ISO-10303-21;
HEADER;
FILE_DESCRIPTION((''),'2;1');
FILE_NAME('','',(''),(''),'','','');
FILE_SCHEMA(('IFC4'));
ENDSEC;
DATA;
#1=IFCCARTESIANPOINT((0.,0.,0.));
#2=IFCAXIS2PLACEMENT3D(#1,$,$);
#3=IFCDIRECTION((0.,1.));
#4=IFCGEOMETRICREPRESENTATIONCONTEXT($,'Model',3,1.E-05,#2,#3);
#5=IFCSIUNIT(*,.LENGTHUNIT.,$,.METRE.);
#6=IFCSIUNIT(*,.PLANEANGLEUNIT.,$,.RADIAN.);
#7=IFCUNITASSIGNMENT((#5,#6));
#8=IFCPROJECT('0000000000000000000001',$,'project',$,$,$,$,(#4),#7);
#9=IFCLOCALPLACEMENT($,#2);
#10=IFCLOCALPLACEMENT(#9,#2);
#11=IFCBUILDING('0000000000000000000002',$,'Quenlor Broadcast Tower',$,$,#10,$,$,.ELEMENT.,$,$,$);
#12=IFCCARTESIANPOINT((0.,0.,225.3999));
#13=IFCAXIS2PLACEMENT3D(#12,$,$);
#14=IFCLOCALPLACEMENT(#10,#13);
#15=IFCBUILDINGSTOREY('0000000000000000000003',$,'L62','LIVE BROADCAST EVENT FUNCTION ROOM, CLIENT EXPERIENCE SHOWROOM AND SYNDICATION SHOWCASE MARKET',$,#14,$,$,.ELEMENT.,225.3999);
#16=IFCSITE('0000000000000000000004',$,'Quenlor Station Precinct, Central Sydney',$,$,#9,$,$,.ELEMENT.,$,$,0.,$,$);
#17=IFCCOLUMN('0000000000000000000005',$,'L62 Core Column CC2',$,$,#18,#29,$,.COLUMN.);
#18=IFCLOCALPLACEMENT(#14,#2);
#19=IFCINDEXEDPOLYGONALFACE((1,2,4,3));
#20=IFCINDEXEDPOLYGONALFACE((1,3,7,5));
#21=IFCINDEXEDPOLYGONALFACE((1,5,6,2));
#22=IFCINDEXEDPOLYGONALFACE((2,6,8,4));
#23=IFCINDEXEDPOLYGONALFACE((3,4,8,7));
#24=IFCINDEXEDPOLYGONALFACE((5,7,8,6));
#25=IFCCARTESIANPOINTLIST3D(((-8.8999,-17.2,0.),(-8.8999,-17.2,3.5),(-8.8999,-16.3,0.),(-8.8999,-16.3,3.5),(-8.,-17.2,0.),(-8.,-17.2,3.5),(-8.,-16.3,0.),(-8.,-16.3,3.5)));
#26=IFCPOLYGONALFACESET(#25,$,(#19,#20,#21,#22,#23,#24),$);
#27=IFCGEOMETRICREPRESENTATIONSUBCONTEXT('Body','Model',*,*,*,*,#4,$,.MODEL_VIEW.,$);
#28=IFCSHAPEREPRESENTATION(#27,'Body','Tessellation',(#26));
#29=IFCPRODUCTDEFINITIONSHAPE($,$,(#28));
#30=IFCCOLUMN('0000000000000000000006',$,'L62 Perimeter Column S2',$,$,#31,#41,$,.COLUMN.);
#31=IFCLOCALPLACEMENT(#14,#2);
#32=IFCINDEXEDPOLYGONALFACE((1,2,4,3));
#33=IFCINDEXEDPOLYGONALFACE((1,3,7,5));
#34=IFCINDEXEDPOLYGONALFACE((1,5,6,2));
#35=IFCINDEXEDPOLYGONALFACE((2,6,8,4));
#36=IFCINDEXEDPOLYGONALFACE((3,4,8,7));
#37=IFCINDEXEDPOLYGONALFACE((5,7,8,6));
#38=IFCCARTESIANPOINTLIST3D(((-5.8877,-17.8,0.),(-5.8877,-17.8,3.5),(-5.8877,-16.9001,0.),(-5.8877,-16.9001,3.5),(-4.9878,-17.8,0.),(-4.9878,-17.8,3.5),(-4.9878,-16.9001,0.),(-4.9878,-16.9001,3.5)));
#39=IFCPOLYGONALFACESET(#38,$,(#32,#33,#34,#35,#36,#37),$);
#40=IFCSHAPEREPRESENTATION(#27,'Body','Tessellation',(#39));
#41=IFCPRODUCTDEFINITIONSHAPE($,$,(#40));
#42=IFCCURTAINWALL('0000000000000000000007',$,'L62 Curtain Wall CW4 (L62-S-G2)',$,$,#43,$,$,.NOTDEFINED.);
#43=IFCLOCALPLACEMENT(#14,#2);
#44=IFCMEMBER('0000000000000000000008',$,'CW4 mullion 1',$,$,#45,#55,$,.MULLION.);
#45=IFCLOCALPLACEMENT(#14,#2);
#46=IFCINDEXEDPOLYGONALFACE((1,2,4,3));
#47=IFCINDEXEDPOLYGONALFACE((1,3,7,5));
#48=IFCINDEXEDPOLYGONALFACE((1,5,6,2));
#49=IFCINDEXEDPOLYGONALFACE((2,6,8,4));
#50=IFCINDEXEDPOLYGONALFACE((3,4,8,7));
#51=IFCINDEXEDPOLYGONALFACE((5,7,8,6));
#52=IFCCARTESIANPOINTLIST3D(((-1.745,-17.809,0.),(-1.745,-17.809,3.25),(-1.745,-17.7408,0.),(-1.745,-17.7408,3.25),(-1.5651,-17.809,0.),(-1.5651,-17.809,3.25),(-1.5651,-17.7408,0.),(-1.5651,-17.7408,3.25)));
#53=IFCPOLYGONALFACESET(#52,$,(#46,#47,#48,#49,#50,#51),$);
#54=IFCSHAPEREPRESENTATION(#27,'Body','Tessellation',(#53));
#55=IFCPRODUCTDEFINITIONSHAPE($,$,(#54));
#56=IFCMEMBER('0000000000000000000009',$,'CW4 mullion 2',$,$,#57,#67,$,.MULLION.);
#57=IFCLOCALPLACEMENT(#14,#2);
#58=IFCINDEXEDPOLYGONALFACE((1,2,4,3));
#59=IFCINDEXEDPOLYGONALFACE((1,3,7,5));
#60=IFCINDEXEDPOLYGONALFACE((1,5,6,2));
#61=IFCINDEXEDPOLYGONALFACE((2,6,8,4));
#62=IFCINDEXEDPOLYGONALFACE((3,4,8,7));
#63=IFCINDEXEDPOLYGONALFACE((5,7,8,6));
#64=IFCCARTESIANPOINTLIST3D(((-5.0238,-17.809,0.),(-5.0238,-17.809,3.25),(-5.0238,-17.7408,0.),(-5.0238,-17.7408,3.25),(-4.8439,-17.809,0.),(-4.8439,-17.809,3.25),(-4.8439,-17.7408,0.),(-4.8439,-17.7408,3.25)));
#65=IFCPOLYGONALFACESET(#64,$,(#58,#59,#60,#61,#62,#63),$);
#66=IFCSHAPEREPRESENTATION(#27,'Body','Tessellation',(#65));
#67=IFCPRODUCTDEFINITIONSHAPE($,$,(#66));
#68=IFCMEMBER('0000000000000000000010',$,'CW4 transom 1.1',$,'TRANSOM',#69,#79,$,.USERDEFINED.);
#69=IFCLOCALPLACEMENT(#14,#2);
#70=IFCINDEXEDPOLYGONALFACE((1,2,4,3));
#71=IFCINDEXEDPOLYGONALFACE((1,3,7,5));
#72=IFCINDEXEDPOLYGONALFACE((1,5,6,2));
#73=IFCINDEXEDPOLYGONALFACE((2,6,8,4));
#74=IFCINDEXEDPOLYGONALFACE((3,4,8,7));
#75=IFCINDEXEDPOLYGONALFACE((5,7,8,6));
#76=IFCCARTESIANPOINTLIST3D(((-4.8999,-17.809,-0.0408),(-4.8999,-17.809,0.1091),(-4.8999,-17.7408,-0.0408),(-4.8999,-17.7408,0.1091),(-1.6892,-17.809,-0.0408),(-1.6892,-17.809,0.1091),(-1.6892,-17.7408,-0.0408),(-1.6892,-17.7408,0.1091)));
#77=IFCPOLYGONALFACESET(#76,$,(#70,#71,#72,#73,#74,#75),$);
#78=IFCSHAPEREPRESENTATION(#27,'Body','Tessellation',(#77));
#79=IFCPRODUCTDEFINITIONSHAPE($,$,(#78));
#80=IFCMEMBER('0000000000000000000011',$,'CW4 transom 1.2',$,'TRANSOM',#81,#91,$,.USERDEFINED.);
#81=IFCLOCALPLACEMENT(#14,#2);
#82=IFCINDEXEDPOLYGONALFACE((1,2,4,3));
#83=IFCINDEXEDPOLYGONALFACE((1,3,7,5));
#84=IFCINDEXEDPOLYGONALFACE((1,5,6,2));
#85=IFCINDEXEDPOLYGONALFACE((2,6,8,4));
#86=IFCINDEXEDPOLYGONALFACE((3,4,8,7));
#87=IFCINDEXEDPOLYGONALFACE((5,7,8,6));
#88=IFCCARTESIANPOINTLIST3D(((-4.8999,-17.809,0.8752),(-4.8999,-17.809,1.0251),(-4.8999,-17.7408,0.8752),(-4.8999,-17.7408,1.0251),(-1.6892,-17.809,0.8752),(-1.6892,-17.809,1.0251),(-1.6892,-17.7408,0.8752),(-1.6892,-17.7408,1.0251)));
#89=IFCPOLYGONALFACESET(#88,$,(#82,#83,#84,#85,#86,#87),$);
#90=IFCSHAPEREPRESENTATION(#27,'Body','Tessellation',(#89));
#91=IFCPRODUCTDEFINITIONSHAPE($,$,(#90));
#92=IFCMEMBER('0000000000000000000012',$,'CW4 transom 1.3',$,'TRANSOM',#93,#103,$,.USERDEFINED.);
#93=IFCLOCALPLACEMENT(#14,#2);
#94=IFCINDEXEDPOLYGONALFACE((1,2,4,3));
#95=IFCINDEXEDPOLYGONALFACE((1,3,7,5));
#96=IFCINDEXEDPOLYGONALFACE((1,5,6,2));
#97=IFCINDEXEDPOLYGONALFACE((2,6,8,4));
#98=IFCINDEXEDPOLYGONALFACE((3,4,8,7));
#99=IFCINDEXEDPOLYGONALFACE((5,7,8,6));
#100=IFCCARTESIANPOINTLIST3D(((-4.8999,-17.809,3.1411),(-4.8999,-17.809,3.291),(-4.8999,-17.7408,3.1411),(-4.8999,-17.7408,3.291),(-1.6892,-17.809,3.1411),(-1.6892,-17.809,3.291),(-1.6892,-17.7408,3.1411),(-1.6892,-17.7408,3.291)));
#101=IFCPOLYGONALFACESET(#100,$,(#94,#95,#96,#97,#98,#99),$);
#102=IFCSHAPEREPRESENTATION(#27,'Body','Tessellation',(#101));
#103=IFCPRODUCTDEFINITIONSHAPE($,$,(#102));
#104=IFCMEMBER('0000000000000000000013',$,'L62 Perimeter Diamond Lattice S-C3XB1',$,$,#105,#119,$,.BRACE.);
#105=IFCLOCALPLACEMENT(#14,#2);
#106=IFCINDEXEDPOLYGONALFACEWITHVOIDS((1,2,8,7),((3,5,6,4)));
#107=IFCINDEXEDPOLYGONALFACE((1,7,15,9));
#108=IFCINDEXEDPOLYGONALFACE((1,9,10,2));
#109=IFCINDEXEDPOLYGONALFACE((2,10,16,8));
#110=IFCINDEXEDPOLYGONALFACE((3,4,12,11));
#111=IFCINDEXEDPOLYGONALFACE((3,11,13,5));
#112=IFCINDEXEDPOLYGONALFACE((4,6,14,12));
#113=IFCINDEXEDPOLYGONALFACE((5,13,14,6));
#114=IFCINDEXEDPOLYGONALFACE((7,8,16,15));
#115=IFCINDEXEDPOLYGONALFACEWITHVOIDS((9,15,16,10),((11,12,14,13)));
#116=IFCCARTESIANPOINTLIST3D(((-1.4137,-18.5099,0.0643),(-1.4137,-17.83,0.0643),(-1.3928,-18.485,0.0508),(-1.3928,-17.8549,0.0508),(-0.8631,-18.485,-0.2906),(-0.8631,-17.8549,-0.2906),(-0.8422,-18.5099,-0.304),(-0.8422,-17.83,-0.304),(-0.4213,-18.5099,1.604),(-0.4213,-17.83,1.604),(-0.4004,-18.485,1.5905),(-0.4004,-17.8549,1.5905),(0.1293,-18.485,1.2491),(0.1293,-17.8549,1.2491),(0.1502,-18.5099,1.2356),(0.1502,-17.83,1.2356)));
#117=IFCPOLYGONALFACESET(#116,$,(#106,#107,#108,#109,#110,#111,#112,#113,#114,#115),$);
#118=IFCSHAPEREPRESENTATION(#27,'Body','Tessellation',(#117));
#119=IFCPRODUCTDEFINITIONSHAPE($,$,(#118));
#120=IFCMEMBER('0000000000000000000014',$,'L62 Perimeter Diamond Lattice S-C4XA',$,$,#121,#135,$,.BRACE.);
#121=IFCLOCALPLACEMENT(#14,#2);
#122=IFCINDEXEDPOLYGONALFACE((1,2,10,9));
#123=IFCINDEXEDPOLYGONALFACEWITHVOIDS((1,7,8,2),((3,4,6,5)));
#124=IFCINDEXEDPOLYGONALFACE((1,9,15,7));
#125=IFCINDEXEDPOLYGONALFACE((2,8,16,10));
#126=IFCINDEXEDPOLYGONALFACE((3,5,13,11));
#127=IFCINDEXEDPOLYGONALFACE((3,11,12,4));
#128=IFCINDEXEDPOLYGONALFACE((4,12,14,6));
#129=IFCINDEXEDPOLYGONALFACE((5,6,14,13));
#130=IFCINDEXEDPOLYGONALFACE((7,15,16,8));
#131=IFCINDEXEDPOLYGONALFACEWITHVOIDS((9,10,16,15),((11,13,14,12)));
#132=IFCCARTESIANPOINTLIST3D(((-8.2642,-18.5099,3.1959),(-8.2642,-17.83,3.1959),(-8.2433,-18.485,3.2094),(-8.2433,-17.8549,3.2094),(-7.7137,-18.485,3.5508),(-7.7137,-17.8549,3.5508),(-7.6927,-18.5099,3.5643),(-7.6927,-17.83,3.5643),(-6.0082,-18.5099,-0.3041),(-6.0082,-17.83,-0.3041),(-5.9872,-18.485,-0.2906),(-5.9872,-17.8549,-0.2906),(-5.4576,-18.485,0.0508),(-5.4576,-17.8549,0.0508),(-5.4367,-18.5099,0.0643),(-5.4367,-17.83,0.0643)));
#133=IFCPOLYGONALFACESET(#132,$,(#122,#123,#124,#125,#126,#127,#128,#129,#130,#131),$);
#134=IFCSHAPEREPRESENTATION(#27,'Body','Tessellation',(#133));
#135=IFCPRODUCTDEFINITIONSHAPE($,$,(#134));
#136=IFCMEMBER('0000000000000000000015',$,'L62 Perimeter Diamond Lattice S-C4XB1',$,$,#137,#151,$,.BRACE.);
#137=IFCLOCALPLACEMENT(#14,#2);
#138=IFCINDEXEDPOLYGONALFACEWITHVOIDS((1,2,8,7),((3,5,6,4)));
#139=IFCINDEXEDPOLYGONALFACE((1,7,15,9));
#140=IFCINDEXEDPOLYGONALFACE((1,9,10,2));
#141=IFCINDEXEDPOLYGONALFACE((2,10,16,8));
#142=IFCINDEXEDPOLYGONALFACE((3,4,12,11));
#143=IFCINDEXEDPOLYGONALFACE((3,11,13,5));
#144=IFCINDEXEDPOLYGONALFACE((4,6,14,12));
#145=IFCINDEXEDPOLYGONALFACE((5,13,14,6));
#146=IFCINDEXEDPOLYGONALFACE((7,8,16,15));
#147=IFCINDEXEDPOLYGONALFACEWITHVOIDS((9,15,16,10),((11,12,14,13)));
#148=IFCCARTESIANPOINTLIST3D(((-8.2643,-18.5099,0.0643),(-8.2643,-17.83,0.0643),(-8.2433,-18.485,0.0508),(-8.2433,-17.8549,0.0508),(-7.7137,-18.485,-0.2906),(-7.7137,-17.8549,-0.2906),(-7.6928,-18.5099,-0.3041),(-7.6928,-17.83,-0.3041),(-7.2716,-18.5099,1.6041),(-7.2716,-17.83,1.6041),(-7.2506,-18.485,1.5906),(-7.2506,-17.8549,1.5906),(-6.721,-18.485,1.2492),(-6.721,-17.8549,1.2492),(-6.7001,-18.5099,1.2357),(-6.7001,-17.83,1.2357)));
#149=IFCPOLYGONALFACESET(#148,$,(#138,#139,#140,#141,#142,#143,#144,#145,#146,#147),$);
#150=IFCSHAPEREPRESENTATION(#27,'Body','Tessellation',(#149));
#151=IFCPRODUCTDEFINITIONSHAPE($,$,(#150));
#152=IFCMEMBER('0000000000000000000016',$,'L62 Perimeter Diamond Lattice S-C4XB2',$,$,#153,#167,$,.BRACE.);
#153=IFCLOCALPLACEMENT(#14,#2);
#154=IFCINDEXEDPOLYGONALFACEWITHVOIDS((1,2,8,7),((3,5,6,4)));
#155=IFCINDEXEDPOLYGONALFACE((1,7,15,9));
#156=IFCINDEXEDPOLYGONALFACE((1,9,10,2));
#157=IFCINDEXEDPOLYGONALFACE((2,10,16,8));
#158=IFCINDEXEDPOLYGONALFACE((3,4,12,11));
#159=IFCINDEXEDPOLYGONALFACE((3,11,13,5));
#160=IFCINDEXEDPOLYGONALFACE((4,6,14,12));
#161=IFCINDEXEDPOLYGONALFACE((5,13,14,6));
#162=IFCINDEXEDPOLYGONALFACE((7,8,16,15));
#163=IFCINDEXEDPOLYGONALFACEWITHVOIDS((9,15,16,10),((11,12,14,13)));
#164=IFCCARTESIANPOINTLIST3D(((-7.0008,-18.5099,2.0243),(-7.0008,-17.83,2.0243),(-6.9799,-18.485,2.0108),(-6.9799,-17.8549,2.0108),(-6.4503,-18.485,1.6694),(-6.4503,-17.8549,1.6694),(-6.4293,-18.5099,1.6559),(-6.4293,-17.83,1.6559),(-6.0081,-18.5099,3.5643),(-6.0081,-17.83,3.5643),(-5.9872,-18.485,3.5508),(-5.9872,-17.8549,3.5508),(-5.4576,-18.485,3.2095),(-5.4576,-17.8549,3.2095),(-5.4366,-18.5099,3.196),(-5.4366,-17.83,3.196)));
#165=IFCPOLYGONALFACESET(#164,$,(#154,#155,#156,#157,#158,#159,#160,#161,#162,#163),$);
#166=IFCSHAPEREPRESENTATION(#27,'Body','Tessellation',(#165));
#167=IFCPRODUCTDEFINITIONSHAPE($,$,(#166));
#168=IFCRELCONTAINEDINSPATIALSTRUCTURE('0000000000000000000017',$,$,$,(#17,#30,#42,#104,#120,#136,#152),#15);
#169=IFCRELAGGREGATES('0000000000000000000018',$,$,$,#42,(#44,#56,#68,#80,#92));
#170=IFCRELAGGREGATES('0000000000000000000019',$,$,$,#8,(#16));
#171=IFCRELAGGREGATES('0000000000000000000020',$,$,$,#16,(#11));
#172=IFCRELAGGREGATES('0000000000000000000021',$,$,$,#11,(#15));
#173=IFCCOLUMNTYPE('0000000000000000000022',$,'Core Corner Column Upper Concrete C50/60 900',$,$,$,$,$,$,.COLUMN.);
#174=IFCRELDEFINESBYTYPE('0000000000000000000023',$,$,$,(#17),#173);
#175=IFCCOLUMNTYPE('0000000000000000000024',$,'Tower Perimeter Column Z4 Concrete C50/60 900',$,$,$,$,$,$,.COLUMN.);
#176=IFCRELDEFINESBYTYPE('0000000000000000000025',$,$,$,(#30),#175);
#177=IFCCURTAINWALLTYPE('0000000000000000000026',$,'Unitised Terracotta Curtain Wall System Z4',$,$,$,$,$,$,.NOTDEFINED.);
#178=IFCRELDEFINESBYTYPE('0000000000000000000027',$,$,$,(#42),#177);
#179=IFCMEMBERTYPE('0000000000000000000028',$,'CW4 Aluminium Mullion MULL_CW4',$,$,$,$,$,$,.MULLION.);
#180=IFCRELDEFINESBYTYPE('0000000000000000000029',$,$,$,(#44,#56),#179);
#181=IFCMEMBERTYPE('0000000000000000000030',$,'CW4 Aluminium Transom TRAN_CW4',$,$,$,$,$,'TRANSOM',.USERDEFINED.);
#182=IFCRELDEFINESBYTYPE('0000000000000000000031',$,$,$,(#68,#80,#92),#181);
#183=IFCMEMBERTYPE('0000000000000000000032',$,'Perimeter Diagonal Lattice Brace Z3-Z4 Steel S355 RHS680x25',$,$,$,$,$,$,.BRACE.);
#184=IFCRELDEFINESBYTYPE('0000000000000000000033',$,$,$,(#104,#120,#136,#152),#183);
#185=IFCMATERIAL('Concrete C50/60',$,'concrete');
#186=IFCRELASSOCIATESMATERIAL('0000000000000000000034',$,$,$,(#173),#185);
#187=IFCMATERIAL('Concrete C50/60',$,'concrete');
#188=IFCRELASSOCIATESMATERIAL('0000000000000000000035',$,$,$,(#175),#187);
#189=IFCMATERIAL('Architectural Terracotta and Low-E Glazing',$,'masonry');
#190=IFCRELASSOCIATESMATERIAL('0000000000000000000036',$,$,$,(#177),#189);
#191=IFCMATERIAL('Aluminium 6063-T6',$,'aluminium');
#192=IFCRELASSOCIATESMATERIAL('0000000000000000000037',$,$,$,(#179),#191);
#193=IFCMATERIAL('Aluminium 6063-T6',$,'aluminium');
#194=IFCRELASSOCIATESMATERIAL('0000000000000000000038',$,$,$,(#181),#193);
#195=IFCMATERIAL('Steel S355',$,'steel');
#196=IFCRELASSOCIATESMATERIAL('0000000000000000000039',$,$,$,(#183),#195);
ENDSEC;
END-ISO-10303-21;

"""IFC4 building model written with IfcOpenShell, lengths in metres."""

from ifc_helpers import new_model, si_unit, direction, frame, origin, origin_2d, place, context, subcontext, project, spatial, rectangle, hollow_rectangle, extrude, material, material_profile, profile_set, type_object, element, aggregate, save


model = new_model("IFC4")

# Units and contexts
model_context = context("Model", 3, precision=1e-05, world=origin(), true_north=direction((0.0, 1.0)))
body_context = subcontext(model_context, "Body", "Model", "MODEL_VIEW")
ifc_project = project(units=[si_unit("LENGTHUNIT", "METRE"), si_unit("PLANEANGLEUNIT", "RADIAN")], contexts=[model_context])

# Site, building, storey
site_placement = place(None, origin())
site = spatial("IfcSite", under=ifc_project, at=site_placement, Name="Quenlor Station Precinct, Central Sydney", CompositionType="ELEMENT", RefElevation=0.0)
building_placement = place(site_placement, origin())
building = spatial("IfcBuilding", under=site, at=building_placement, Name="Quenlor Broadcast Tower", CompositionType="ELEMENT")
storey_placement = place(building_placement, frame((0.0, 0.0, 225.3999)))
storey = spatial("IfcBuildingStorey", under=building, at=storey_placement, Name="L62", Description="LIVE BROADCAST EVENT FUNCTION ROOM, CLIENT EXPERIENCE SHOWROOM AND SYNDICATION SHOWCASE MARKET", CompositionType="ELEMENT", Elevation=225.3999)

# Columns
ifc_material_1 = material(Name="Concrete C50/60", Category="concrete")
ifc_material_profile_1 = material_profile(ifc_material_1, rectangle(XDim=0.8999, YDim=0.8999, at=origin_2d()))
ifc_profile_set_1 = profile_set([ifc_material_profile_1], Name="Concrete C50/60 RC900x900")
column_type_1 = type_object("IfcColumnType", Name="Core Corner Column Upper Concrete C50/60 900", PredefinedType="COLUMN", material=ifc_profile_set_1)
column_1_placement = place(storey_placement, frame((-8.45, -16.75, 0.0), z_axis=(0.0, 0.0, 1.0), x_axis=(1.0, 0.0, 0.0)))
element("IfcColumn", 1, at=column_1_placement, inside=storey, type_object=column_type_1, Name="L62 Core Column CC2", PredefinedType="COLUMN", context=body_context, shape_type="SweptSolid", body=[
    extrude(rectangle(XDim=0.8999, YDim=0.8999, at=origin_2d()), origin(), (0.0, 0.0, 1.0), 3.5),
])
ifc_material_2 = material(Name="Concrete C50/60", Category="concrete")
ifc_material_profile_2 = material_profile(ifc_material_2, rectangle(XDim=0.8999, YDim=0.8999, at=origin_2d()))
ifc_profile_set_2 = profile_set([ifc_material_profile_2], Name="Concrete C50/60 RC900x900")
column_type_2 = type_object("IfcColumnType", Name="Tower Perimeter Column Z4 Concrete C50/60 900", PredefinedType="COLUMN", material=ifc_profile_set_2)
column_2_placement = place(storey_placement, frame((-5.4377, -17.3501, 0.0), z_axis=(0.0, 0.0, 1.0), x_axis=(0.0, 1.0, 0.0)))
element("IfcColumn", 2, at=column_2_placement, inside=storey, type_object=column_type_2, Name="L62 Perimeter Column S2", PredefinedType="COLUMN", context=body_context, shape_type="SweptSolid", body=[
    extrude(rectangle(XDim=0.8999, YDim=0.8999, at=origin_2d()), origin(), (0.0, 0.0, 1.0), 3.5),
])

# Curtain wall, members
ifc_material_3 = material(Name="Architectural Terracotta and Low-E Glazing", Category="masonry")
curtain_wall_type = type_object("IfcCurtainWallType", Name="Unitised Terracotta Curtain Wall System Z4", PredefinedType="NOTDEFINED", material=ifc_material_3)
curtain_wall_placement = place(storey_placement, origin())
curtain_wall = element("IfcCurtainWall", 3, at=curtain_wall_placement, inside=storey, type_object=curtain_wall_type, Name="L62 Curtain Wall CW4 (L62-S-G2)", PredefinedType="NOTDEFINED")
ifc_material_4 = material(Name="Aluminium 6063-T6", Category="aluminium")
ifc_material_profile_3 = material_profile(ifc_material_4, rectangle(XDim=0.0681, YDim=0.1799, at=origin_2d()))
ifc_profile_set_3 = profile_set([ifc_material_profile_3], Name="Aluminium 6063-T6 MULL68x180")
member_type_1 = type_object("IfcMemberType", Name="CW4 Aluminium Mullion MULL_CW4", PredefinedType="MULLION", material=ifc_profile_set_3)
member_1_placement = place(storey_placement, frame((-1.655, -17.7749, 0.0), z_axis=(0.0, 0.0, 1.0), x_axis=(0.0, -1.0, 0.0)))
member_1 = element("IfcMember", 4, at=member_1_placement, type_object=member_type_1, Name="CW4 mullion 1", PredefinedType="MULLION", context=body_context, shape_type="SweptSolid", body=[
    extrude(rectangle(XDim=0.0681, YDim=0.1799, at=origin_2d()), origin(), (0.0, 0.0, 1.0), 3.25),
])
member_2_placement = place(storey_placement, frame((-4.9338, -17.7749, 0.0), z_axis=(0.0, 0.0, 1.0), x_axis=(0.0, -1.0, 0.0)))
member_2 = element("IfcMember", 5, at=member_2_placement, type_object=member_type_1, Name="CW4 mullion 2", PredefinedType="MULLION", context=body_context, shape_type="SweptSolid", body=[
    extrude(rectangle(XDim=0.0681, YDim=0.1799, at=origin_2d()), origin(), (0.0, 0.0, 1.0), 3.25),
])
ifc_material_5 = material(Name="Aluminium 6063-T6", Category="aluminium")
ifc_material_profile_4 = material_profile(ifc_material_5, rectangle(XDim=0.0681, YDim=0.1499, at=origin_2d()))
ifc_profile_set_4 = profile_set([ifc_material_profile_4], Name="Aluminium 6063-T6 TRAN68x150")
member_type_2 = type_object("IfcMemberType", Name="CW4 Aluminium Transom TRAN_CW4", ElementType="TRANSOM", PredefinedType="USERDEFINED", material=ifc_profile_set_4)
member_3_placement = place(storey_placement, frame((-1.6892, -17.7749, 0.0342), z_axis=(-1.0, 0.0, 0.0), x_axis=(0.0, -1.0, 0.0)))
member_3 = element("IfcMember", 6, at=member_3_placement, type_object=member_type_2, Name="CW4 transom 1.1", ObjectType="TRANSOM", PredefinedType="USERDEFINED", context=body_context, shape_type="SweptSolid", body=[
    extrude(rectangle(XDim=0.0681, YDim=0.1499, at=origin_2d()), origin(), (0.0, 0.0, 1.0), 3.2107),
])
member_4_placement = place(storey_placement, frame((-1.6892, -17.7749, 0.9502), z_axis=(-1.0, 0.0, 0.0), x_axis=(0.0, -1.0, 0.0)))
member_4 = element("IfcMember", 7, at=member_4_placement, type_object=member_type_2, Name="CW4 transom 1.2", ObjectType="TRANSOM", PredefinedType="USERDEFINED", context=body_context, shape_type="SweptSolid", body=[
    extrude(rectangle(XDim=0.0681, YDim=0.1499, at=origin_2d()), origin(), (0.0, 0.0, 1.0), 3.2107),
])
member_5_placement = place(storey_placement, frame((-1.6892, -17.7749, 3.2161), z_axis=(-1.0, 0.0, 0.0), x_axis=(0.0, -1.0, 0.0)))
member_5 = element("IfcMember", 8, at=member_5_placement, type_object=member_type_2, Name="CW4 transom 1.3", ObjectType="TRANSOM", PredefinedType="USERDEFINED", context=body_context, shape_type="SweptSolid", body=[
    extrude(rectangle(XDim=0.0681, YDim=0.1499, at=origin_2d()), origin(), (0.0, 0.0, 1.0), 3.2107),
])

# Members
ifc_material_6 = material(Name="Steel S355", Category="steel")
ifc_material_profile_5 = material_profile(ifc_material_6, hollow_rectangle(XDim=0.6799, YDim=0.6799, WallThickness=0.0249, at=origin_2d()))
ifc_profile_set_5 = profile_set([ifc_material_profile_5], Name="Steel S355 RHS680x680x25")
member_type_3 = type_object("IfcMemberType", Name="Perimeter Diagonal Lattice Brace Z3-Z4 Steel S355 RHS680x25", PredefinedType="BRACE", material=ifc_profile_set_5)
member_6_placement = place(storey_placement, frame((-1.1279, -18.1699, -0.1199), z_axis=(0.541747, 0.0, 0.840541), x_axis=(0.0, 1.0, 0.0)))
element("IfcMember", 9, at=member_6_placement, inside=storey, type_object=member_type_3, Name="L62 Perimeter Diamond Lattice S-C3XB1", PredefinedType="BRACE", context=body_context, shape_type="SweptSolid", body=[
    extrude(hollow_rectangle(XDim=0.6799, YDim=0.6799, WallThickness=0.0249, at=origin_2d()), origin(), (0.0, 0.0, 1.0), 1.8318),
])
member_7_placement = place(storey_placement, frame((-5.7224, -18.1699, -0.1199), z_axis=(-0.541794, 0.0, 0.840511), x_axis=(0.0, -1.0, 0.0)))
element("IfcMember", 10, at=member_7_placement, inside=storey, type_object=member_type_3, Name="L62 Perimeter Diamond Lattice S-C4XA", PredefinedType="BRACE", context=body_context, shape_type="SweptSolid", body=[
    extrude(hollow_rectangle(XDim=0.6799, YDim=0.6799, WallThickness=0.0249, at=origin_2d()), origin(), (0.0, 0.0, 1.0), 4.1641),
])
member_8_placement = place(storey_placement, frame((-7.9785, -18.1699, -0.1199), z_axis=(0.541842, 0.0, 0.840481), x_axis=(0.0, 1.0, 0.0)))
element("IfcMember", 11, at=member_8_placement, inside=storey, type_object=member_type_3, Name="L62 Perimeter Diamond Lattice S-C4XB1", PredefinedType="BRACE", context=body_context, shape_type="SweptSolid", body=[
    extrude(hollow_rectangle(XDim=0.6799, YDim=0.6799, WallThickness=0.0249, at=origin_2d()), origin(), (0.0, 0.0, 1.0), 1.832),
])
member_9_placement = place(storey_placement, frame((-6.7151, -18.1699, 1.8401), z_axis=(0.541781, 0.0, 0.84052), x_axis=(0.0, 1.0, 0.0)))
element("IfcMember", 12, at=member_9_placement, inside=storey, type_object=member_type_3, Name="L62 Perimeter Diamond Lattice S-C4XB2", PredefinedType="BRACE", context=body_context, shape_type="SweptSolid", body=[
    extrude(hollow_rectangle(XDim=0.6799, YDim=0.6799, WallThickness=0.0249, at=origin_2d()), origin(), (0.0, 0.0, 1.0), 1.8323),
])

aggregate(curtain_wall, [member_1, member_2, member_3, member_4, member_5])

save(model, "model.ifc")
